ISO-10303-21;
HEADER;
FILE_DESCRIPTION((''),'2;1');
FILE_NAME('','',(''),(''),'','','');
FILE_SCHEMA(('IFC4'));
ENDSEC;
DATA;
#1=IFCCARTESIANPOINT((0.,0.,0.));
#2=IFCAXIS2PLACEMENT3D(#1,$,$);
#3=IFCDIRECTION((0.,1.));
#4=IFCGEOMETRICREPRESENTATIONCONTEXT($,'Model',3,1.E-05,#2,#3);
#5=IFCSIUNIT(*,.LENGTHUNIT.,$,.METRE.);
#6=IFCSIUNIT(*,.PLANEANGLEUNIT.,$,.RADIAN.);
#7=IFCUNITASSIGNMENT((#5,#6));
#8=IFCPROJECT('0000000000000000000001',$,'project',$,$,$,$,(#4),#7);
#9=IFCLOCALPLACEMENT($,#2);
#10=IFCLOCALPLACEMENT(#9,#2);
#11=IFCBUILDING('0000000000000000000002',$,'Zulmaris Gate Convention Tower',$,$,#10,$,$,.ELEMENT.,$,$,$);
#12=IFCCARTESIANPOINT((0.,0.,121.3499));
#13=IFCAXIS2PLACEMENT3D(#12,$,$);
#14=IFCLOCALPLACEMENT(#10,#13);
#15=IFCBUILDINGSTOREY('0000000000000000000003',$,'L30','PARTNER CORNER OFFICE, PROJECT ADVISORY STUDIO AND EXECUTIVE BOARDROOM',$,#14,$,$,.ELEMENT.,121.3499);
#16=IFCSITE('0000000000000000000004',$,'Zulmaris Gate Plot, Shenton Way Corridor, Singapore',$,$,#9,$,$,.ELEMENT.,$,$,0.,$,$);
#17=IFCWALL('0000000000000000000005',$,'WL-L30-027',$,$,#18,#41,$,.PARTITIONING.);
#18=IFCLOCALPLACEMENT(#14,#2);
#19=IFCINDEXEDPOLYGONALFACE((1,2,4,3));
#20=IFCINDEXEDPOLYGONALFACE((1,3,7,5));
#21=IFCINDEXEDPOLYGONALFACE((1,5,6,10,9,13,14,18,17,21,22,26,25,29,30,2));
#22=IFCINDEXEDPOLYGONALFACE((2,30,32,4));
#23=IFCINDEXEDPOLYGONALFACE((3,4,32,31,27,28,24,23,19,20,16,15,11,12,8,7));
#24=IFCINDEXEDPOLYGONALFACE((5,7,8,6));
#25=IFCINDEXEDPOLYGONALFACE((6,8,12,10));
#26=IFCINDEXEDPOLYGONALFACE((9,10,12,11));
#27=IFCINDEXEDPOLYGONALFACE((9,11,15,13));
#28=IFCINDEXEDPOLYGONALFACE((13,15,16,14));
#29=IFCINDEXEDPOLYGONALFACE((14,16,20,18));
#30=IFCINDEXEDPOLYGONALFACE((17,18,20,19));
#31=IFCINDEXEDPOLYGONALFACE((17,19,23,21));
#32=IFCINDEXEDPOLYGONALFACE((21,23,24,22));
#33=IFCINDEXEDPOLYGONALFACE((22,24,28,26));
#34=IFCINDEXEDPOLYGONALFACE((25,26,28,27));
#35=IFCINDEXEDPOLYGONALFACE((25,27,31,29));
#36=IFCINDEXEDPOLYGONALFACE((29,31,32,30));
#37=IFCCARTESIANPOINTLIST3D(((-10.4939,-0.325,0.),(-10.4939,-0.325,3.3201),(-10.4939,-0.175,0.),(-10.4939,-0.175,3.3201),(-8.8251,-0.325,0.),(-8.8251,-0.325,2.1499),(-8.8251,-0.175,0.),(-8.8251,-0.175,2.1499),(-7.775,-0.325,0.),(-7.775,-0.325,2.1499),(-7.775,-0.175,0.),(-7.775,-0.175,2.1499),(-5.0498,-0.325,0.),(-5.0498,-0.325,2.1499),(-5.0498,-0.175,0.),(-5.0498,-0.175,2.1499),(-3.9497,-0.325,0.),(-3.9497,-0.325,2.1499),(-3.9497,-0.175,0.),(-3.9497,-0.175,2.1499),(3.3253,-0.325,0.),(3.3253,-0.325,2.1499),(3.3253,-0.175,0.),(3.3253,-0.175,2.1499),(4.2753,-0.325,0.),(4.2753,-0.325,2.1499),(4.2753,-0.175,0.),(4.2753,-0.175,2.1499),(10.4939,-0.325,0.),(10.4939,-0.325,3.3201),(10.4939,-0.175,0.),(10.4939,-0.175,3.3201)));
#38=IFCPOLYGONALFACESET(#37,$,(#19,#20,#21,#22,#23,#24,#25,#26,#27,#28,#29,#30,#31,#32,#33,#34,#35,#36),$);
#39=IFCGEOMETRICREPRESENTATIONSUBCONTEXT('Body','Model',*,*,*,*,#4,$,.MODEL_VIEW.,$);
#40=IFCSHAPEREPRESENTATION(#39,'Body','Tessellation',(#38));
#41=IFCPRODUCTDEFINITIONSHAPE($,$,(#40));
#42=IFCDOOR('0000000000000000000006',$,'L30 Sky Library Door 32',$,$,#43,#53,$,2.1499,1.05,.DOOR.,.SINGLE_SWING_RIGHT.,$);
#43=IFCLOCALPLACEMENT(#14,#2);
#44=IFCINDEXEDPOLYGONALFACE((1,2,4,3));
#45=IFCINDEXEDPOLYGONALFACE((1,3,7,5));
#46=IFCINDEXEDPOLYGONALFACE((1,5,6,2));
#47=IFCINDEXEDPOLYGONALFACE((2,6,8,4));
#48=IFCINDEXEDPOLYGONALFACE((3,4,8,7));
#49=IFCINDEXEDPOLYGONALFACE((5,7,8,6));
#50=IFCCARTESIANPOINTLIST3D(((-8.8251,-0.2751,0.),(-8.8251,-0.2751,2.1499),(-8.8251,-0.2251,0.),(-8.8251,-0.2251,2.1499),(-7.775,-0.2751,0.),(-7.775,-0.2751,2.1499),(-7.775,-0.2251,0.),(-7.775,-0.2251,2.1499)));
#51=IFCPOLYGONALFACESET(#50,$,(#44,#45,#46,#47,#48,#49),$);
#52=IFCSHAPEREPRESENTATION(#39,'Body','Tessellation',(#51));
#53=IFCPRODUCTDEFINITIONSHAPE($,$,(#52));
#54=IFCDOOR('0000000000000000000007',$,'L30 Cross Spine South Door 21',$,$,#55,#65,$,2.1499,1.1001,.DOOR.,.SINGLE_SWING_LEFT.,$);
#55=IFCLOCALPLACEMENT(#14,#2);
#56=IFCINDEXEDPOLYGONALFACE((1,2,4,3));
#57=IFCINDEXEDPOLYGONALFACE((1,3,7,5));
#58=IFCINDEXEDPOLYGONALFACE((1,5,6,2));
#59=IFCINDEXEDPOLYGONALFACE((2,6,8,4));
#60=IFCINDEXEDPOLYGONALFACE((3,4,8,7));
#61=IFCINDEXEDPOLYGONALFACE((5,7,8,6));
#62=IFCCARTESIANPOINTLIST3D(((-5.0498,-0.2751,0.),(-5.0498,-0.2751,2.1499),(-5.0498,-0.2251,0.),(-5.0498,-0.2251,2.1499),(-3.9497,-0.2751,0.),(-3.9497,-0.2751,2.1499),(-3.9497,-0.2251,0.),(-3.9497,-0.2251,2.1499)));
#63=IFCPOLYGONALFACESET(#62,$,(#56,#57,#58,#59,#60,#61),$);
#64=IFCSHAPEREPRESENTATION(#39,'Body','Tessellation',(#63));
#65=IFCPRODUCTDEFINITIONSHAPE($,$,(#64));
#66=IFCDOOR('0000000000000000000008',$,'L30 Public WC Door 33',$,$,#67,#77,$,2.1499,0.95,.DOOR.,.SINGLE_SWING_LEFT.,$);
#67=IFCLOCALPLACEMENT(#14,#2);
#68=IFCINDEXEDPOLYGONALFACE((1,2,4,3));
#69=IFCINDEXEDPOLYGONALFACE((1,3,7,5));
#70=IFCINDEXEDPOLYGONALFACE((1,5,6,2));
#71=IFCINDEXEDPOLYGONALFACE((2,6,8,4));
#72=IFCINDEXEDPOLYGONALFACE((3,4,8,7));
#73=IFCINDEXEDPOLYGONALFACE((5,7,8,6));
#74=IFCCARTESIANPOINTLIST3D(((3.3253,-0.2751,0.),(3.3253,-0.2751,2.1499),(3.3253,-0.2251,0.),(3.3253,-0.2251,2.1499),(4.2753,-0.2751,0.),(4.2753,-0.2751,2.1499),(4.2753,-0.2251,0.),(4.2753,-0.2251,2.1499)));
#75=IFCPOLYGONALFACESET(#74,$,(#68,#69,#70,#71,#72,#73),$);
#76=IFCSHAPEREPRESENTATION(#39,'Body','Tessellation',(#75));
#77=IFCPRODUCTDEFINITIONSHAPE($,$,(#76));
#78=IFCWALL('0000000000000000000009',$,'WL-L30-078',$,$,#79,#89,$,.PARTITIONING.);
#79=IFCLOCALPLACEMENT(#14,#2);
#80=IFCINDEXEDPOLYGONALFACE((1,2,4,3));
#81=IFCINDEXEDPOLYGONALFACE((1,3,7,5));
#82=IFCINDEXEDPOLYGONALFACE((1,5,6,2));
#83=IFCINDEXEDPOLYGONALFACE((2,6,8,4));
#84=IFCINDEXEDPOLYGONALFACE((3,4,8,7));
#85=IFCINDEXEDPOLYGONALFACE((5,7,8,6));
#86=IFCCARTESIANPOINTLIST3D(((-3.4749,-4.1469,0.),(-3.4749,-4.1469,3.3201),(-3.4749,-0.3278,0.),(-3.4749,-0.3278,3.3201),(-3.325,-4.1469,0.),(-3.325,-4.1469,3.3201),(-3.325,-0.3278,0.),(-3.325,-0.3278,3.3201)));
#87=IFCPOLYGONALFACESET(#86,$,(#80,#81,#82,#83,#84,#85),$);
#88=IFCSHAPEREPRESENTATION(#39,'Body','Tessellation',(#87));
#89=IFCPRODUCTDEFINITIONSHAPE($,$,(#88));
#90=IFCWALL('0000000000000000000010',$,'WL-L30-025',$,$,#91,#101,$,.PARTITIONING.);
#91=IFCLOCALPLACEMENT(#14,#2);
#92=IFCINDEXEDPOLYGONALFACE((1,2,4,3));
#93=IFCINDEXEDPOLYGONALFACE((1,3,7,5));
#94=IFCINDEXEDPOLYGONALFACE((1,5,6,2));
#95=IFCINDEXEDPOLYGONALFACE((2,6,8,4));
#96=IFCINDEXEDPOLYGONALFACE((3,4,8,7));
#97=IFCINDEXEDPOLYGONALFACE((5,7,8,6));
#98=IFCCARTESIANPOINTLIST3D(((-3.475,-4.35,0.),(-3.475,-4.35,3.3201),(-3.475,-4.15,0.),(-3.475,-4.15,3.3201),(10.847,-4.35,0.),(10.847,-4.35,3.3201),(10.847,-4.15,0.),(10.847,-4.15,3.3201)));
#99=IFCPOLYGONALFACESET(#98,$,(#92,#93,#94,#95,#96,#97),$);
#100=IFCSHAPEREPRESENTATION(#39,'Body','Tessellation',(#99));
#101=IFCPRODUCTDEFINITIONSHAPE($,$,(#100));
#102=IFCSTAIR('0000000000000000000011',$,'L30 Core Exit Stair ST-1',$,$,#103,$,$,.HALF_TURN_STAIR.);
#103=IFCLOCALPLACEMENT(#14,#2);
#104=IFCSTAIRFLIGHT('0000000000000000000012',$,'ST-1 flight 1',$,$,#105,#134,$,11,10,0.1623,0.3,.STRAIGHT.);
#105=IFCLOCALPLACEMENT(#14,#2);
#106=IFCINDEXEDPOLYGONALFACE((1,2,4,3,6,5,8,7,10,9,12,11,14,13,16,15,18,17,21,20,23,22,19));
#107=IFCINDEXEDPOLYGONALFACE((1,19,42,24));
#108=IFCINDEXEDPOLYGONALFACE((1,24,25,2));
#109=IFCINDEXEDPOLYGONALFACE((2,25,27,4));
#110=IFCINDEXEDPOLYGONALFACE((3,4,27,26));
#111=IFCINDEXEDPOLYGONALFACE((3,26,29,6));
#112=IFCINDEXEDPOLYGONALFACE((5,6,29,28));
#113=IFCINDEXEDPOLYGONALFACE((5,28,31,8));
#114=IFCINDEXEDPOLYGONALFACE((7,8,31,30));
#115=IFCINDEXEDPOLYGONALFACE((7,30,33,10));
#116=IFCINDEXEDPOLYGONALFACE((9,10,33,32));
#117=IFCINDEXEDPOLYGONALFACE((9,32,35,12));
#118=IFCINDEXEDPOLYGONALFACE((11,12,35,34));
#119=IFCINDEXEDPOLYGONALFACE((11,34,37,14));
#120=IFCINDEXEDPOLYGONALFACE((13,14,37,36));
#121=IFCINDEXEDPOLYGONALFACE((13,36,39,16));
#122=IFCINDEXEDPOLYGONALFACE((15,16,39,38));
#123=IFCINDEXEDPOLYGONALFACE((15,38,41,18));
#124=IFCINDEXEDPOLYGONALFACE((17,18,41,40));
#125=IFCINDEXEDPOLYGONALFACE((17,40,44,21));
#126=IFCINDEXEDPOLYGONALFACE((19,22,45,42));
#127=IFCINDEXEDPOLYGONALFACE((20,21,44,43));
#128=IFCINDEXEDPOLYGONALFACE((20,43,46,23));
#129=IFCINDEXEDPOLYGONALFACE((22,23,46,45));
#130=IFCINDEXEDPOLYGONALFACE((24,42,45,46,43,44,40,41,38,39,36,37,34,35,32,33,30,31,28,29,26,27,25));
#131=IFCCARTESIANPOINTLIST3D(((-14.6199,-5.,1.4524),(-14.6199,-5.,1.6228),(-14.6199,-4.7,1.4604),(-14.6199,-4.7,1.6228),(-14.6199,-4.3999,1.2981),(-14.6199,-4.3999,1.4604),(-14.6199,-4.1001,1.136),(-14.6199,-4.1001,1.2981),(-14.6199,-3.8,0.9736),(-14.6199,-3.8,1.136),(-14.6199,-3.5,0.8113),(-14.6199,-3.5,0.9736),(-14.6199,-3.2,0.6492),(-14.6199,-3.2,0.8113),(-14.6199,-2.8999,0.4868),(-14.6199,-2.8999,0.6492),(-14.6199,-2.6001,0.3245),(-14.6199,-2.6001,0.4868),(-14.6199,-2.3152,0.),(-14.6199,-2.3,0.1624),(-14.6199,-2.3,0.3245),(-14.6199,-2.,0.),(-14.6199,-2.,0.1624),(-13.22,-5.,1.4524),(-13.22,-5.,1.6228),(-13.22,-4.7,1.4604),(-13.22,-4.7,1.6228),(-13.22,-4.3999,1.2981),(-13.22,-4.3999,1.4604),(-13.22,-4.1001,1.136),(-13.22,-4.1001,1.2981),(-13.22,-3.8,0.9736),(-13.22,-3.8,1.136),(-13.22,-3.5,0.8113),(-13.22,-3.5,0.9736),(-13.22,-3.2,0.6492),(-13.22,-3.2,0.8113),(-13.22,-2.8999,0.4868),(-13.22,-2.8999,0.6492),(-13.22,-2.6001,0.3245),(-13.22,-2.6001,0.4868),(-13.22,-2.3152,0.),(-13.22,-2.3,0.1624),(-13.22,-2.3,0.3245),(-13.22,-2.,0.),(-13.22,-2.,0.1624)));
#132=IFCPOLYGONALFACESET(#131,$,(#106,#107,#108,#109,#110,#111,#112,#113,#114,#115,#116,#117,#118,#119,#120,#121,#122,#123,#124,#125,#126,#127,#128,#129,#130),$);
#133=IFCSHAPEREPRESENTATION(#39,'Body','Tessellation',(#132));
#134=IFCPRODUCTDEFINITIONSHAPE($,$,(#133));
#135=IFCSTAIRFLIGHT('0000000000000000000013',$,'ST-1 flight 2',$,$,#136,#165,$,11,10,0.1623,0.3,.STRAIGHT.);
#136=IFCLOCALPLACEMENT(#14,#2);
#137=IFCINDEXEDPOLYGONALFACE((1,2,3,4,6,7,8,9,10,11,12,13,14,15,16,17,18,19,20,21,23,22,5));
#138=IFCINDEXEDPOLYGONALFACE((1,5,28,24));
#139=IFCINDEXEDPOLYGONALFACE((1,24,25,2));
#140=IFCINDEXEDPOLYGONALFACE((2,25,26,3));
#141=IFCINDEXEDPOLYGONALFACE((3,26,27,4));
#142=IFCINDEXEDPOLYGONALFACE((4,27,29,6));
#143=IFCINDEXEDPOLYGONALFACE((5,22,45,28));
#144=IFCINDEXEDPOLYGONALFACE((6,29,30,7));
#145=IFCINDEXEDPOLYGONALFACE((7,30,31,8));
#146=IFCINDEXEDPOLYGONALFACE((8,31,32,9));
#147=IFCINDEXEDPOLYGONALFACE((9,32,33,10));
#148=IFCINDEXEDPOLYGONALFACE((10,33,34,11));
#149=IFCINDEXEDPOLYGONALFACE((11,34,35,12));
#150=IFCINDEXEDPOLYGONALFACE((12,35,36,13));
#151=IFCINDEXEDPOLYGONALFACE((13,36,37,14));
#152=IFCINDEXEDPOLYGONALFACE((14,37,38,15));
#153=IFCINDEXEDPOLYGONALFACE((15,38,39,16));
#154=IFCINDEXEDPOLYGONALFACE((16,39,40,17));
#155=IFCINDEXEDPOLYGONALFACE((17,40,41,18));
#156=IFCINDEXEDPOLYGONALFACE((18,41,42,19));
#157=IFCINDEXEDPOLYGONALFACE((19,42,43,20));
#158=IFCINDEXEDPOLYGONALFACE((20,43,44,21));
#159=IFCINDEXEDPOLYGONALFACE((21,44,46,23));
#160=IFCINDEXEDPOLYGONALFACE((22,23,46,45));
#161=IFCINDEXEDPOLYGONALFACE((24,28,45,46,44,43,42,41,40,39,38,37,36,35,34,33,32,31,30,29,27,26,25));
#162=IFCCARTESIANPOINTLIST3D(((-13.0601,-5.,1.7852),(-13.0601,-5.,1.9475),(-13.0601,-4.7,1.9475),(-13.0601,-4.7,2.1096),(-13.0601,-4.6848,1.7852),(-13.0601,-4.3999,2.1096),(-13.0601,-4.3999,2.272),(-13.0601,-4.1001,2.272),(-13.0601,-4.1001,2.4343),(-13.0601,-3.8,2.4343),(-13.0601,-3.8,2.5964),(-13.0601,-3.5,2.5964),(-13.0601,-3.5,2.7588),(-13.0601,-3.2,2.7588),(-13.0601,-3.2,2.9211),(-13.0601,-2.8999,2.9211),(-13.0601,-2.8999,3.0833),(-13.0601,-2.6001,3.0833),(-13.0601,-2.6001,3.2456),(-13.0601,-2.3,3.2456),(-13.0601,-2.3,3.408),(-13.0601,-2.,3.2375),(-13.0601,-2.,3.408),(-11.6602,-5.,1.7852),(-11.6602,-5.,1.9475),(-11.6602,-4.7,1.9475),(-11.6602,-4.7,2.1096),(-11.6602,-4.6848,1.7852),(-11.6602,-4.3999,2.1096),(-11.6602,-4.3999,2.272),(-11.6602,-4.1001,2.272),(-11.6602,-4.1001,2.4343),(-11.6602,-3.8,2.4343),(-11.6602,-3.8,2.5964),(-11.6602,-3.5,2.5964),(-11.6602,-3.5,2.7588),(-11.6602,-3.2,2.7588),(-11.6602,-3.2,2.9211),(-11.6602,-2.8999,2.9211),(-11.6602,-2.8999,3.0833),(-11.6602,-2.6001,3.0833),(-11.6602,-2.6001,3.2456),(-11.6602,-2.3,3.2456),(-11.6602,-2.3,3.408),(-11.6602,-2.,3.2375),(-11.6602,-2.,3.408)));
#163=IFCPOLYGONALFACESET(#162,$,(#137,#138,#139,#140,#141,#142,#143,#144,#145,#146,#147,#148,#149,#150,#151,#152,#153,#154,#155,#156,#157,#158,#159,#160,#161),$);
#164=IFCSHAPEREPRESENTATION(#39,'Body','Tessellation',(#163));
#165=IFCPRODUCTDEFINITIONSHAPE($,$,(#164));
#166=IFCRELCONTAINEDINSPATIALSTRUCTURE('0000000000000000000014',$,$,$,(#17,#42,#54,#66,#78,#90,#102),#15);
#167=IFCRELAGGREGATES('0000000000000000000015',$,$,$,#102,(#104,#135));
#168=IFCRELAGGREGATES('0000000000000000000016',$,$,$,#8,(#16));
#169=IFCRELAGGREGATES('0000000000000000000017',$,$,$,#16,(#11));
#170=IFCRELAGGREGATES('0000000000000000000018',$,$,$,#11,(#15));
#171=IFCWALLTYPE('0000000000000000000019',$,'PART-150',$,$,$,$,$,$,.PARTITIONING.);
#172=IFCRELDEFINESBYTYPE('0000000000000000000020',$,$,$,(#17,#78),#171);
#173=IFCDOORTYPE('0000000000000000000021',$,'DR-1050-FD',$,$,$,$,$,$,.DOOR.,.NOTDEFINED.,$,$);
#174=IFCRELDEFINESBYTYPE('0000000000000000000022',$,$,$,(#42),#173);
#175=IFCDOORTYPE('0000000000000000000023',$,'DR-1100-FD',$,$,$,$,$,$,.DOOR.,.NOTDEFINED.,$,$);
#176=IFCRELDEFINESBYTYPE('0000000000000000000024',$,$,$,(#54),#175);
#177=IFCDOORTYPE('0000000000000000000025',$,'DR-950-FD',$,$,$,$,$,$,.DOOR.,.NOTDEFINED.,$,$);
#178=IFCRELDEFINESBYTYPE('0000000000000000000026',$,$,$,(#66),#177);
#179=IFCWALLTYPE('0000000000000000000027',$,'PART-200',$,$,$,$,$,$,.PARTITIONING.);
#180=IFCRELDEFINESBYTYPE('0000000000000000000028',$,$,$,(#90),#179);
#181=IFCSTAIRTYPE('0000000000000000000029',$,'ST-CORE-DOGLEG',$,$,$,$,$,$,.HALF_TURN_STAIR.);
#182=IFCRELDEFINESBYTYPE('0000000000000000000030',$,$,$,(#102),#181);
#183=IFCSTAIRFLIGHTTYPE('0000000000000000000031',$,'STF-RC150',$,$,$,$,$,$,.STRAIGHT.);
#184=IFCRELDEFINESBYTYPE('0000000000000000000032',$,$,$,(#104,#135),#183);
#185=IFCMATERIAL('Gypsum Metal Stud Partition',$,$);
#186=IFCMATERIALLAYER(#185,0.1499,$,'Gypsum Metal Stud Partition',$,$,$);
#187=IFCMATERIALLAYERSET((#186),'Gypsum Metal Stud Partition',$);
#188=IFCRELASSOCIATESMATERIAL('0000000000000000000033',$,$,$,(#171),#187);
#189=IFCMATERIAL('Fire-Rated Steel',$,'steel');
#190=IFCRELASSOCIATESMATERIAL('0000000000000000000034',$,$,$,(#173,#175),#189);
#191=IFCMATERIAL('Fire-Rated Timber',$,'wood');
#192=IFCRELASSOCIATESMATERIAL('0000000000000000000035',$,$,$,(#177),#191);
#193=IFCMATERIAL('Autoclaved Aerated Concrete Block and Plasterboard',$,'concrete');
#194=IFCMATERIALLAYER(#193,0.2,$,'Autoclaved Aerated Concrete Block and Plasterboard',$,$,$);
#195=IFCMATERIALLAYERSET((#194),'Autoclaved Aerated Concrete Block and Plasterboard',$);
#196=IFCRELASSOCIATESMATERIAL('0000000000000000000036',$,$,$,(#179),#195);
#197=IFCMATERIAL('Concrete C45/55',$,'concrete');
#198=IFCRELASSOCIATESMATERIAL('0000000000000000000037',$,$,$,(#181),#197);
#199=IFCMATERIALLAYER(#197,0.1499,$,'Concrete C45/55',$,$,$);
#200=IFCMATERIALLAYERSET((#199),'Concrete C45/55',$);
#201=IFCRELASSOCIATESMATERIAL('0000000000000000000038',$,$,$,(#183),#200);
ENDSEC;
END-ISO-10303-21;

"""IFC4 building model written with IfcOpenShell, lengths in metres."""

from ifc_helpers import new_model, si_unit, direction, frame, frame_2d, origin, place, context, subcontext, project, spatial, polyline, rectangle, outline, extrude, material, layer, layer_set, type_object, element, fill, aggregate, save


model = new_model("IFC4")

# Units and contexts
model_context = context("Model", 3, precision=1e-05, world=origin(), true_north=direction((0.0, 1.0)))
body_context = subcontext(model_context, "Body", "Model", "MODEL_VIEW")
ifc_project = project(units=[si_unit("LENGTHUNIT", "METRE"), si_unit("PLANEANGLEUNIT", "RADIAN")], contexts=[model_context])

# Site, building, storey
site_placement = place(None, origin())
site = spatial("IfcSite", under=ifc_project, at=site_placement, Name="Zulmaris Gate Plot, Shenton Way Corridor, Singapore", CompositionType="ELEMENT", RefElevation=0.0)
building_placement = place(site_placement, origin())
building = spatial("IfcBuilding", under=site, at=building_placement, Name="Zulmaris Gate Convention Tower", CompositionType="ELEMENT")
storey_placement = place(building_placement, frame((0.0, 0.0, 121.3499)))
storey = spatial("IfcBuildingStorey", under=building, at=storey_placement, Name="L30", Description="PARTNER CORNER OFFICE, PROJECT ADVISORY STUDIO AND EXECUTIVE BOARDROOM", CompositionType="ELEMENT", Elevation=121.3499)

# Wall, openings, doors
ifc_material_1 = material(Name="Gypsum Metal Stud Partition")
ifc_layer_1 = layer(ifc_material_1, 0.1499, Name="Gypsum Metal Stud Partition")
ifc_layer_set_1 = layer_set([ifc_layer_1], Name="Gypsum Metal Stud Partition")
wall_type_1 = type_object("IfcWallType", Name="PART-150", PredefinedType="PARTITIONING", material=ifc_layer_set_1)
wall_1_placement = place(storey_placement, frame((-10.4939, -0.25, 0.0), z_axis=(0.0, 0.0, 1.0), x_axis=(1.0, 0.0, 0.0)))
wall_1 = element("IfcWall", 1, at=wall_1_placement, inside=storey, type_object=wall_type_1, Name="WL-L30-027", PredefinedType="PARTITIONING", context=body_context, shape_type="SweptSolid", body=[
    extrude(rectangle(XDim=20.9878, YDim=0.1499, at=frame_2d((10.4939, 0.0))), origin(), (0.0, 0.0, 1.0), 3.3201),
])
opening_1_placement = place(wall_1_placement, frame((5.4441, 0.0, 0.0)))
opening_1 = element("IfcOpeningElement", 2, at=opening_1_placement, cuts=wall_1, PredefinedType="OPENING", context=body_context, shape_type="SweptSolid", body=[
    extrude(rectangle(XDim=1.1001, YDim=2.1499, at=frame_2d((0.55, 1.075))), frame((0.0, 0.085, 0.0), z_axis=(0.0, -1.0, 0.0), x_axis=(1.0, 0.0, 0.0)), (0.0, 0.0, 1.0), 0.1699),
])
opening_2_placement = place(wall_1_placement, frame((1.6689, 0.0, 0.0)))
opening_2 = element("IfcOpeningElement", 3, at=opening_2_placement, cuts=wall_1, PredefinedType="OPENING", context=body_context, shape_type="SweptSolid", body=[
    extrude(rectangle(XDim=1.05, YDim=2.1499, at=frame_2d((0.5249, 1.075))), frame((0.0, 0.085, 0.0), z_axis=(0.0, -1.0, 0.0), x_axis=(1.0, 0.0, 0.0)), (0.0, 0.0, 1.0), 0.1699),
])
opening_3_placement = place(wall_1_placement, frame((13.8191, 0.0, 0.0)))
opening_3 = element("IfcOpeningElement", 4, at=opening_3_placement, cuts=wall_1, PredefinedType="OPENING", context=body_context, shape_type="SweptSolid", body=[
    extrude(rectangle(XDim=0.95, YDim=2.1499, at=frame_2d((0.4751, 1.075))), frame((0.0, 0.085, 0.0), z_axis=(0.0, -1.0, 0.0), x_axis=(1.0, 0.0, 0.0)), (0.0, 0.0, 1.0), 0.1699),
])
ifc_material_2 = material(Name="Fire-Rated Steel", Category="steel")
door_type_1 = type_object("IfcDoorType", Name="DR-1050-FD", OperationType="NOTDEFINED", PredefinedType="DOOR", material=ifc_material_2)
door_1_placement = place(opening_2_placement, origin())
door_1 = element("IfcDoor", 5, at=door_1_placement, inside=storey, type_object=door_type_1, Name="L30 Sky Library Door 32", OperationType="SINGLE_SWING_RIGHT", OverallHeight=2.1499, OverallWidth=1.05, PredefinedType="DOOR", context=body_context, shape_type="SweptSolid", body=[
    extrude(rectangle(XDim=1.05, YDim=2.1499, at=frame_2d((0.5249, 1.075))), frame((0.0, 0.0249, 0.0), z_axis=(0.0, -1.0, 0.0), x_axis=(1.0, 0.0, 0.0)), (0.0, 0.0, 1.0), 0.05),
])
fill(opening_2, door_1)
door_type_2 = type_object("IfcDoorType", Name="DR-1100-FD", OperationType="NOTDEFINED", PredefinedType="DOOR", material=ifc_material_2)
door_2_placement = place(opening_1_placement, origin())
door_2 = element("IfcDoor", 6, at=door_2_placement, inside=storey, type_object=door_type_2, Name="L30 Cross Spine South Door 21", OperationType="SINGLE_SWING_LEFT", OverallHeight=2.1499, OverallWidth=1.1001, PredefinedType="DOOR", context=body_context, shape_type="SweptSolid", body=[
    extrude(rectangle(XDim=1.1001, YDim=2.1499, at=frame_2d((0.55, 1.075))), frame((0.0, 0.0249, 0.0), z_axis=(0.0, -1.0, 0.0), x_axis=(1.0, 0.0, 0.0)), (0.0, 0.0, 1.0), 0.05),
])
fill(opening_1, door_2)
ifc_material_3 = material(Name="Fire-Rated Timber", Category="wood")
door_type_3 = type_object("IfcDoorType", Name="DR-950-FD", OperationType="NOTDEFINED", PredefinedType="DOOR", material=ifc_material_3)
door_3_placement = place(opening_3_placement, origin())
door_3 = element("IfcDoor", 7, at=door_3_placement, inside=storey, type_object=door_type_3, Name="L30 Public WC Door 33", OperationType="SINGLE_SWING_LEFT", OverallHeight=2.1499, OverallWidth=0.95, PredefinedType="DOOR", context=body_context, shape_type="SweptSolid", body=[
    extrude(rectangle(XDim=0.95, YDim=2.1499, at=frame_2d((0.4751, 1.075))), frame((0.0, 0.0249, 0.0), z_axis=(0.0, -1.0, 0.0), x_axis=(1.0, 0.0, 0.0)), (0.0, 0.0, 1.0), 0.05),
])
fill(opening_3, door_3)

# Walls
wall_2_placement = place(storey_placement, frame((-3.3999, -4.147, 0.0), z_axis=(0.0, 0.0, 1.0), x_axis=(0.0, 1.0, 0.0)))
element("IfcWall", 8, at=wall_2_placement, inside=storey, type_object=wall_type_1, Name="WL-L30-078", PredefinedType="PARTITIONING", context=body_context, shape_type="SweptSolid", body=[
    extrude(rectangle(XDim=3.8191, YDim=0.1499, at=frame_2d((1.9097, 0.0))), origin(), (0.0, 0.0, 1.0), 3.3201),
])
ifc_material_4 = material(Name="Autoclaved Aerated Concrete Block and Plasterboard", Category="concrete")
ifc_layer_2 = layer(ifc_material_4, 0.2, Name="Autoclaved Aerated Concrete Block and Plasterboard")
ifc_layer_set_2 = layer_set([ifc_layer_2], Name="Autoclaved Aerated Concrete Block and Plasterboard")
wall_type_2 = type_object("IfcWallType", Name="PART-200", PredefinedType="PARTITIONING", material=ifc_layer_set_2)
wall_3_placement = place(storey_placement, frame((-3.4751, -4.25, 0.0), z_axis=(0.0, 0.0, 1.0), x_axis=(1.0, 0.0, 0.0)))
element("IfcWall", 9, at=wall_3_placement, inside=storey, type_object=wall_type_2, Name="WL-L30-025", PredefinedType="PARTITIONING", context=body_context, shape_type="SweptSolid", body=[
    extrude(rectangle(XDim=14.322, YDim=0.2, at=frame_2d((7.1611, 0.0))), origin(), (0.0, 0.0, 1.0), 3.3201),
])

# Stair, stair flights
ifc_material_5 = material(Name="Concrete C45/55", Category="concrete")
stair_type = type_object("IfcStairType", Name="ST-CORE-DOGLEG", PredefinedType="HALF_TURN_STAIR", material=ifc_material_5)
stair_placement = place(storey_placement, origin())
stair = element("IfcStair", 10, at=stair_placement, inside=storey, type_object=stair_type, Name="L30 Core Exit Stair ST-1", PredefinedType="HALF_TURN_STAIR")
ifc_layer_3 = layer(ifc_material_5, 0.1499, Name="Concrete C45/55")
ifc_layer_set_3 = layer_set([ifc_layer_3], Name="Concrete C45/55")
stair_flight_type = type_object("IfcStairFlightType", Name="STF-RC150", PredefinedType="STRAIGHT", material=ifc_layer_set_3)
stair_flight_1_placement = place(storey_placement, frame((-13.9199, -2.0, 0.0), z_axis=(0.0, 0.0, 1.0), x_axis=(0.0, -1.0, 0.0)))
stair_flight_1 = element("IfcStairFlight", 11, at=stair_flight_1_placement, type_object=stair_flight_type, Name="ST-1 flight 1", NumberOfRisers=11, NumberOfTreads=10, PredefinedType="STRAIGHT", RiserHeight=0.1623, TreadLength=0.3, context=body_context, shape_type="SweptSolid", body=[
    extrude(outline(polyline([(0.0, 0.0), (0.0, 0.1624), (0.3, 0.1624), (0.3, 0.3245), (0.6001, 0.3245), (0.6001, 0.4868), (0.8999, 0.4868), (0.8999, 0.6492), (1.2, 0.6492), (1.2, 0.8113), (1.5, 0.8113), (1.5, 0.9736), (1.8, 0.9736), (1.8, 1.136), (2.1001, 1.136), (2.1001, 1.2981), (2.3999, 1.2981), (2.3999, 1.4604), (2.7, 1.4604), (2.7, 1.6228), (3.0, 1.6228), (3.0, 1.7849), (3.0, 1.4524), (0.3152, 0.0), (0.0, 0.0)])), frame((0.0, 0.7, 0.0), z_axis=(0.0, -1.0, 0.0), x_axis=(1.0, 0.0, 0.0)), (0.0, 0.0, 1.0), 1.3999),
])
stair_flight_2_placement = place(storey_placement, frame((-12.3601, -5.0, 1.7852), z_axis=(0.0, 0.0, 1.0), x_axis=(0.0, 1.0, 0.0)))
stair_flight_2 = element("IfcStairFlight", 12, at=stair_flight_2_placement, type_object=stair_flight_type, Name="ST-1 flight 2", NumberOfRisers=11, NumberOfTreads=10, PredefinedType="STRAIGHT", RiserHeight=0.1623, TreadLength=0.3, context=body_context, shape_type="SweptSolid", body=[
    extrude(outline(polyline([(0.0, 0.0), (0.0, 0.1624), (0.3, 0.1624), (0.3, 0.3245), (0.6001, 0.3245), (0.6001, 0.4868), (0.8999, 0.4868), (0.8999, 0.6492), (1.2, 0.6492), (1.2, 0.8113), (1.5, 0.8113), (1.5, 0.9736), (1.8, 0.9736), (1.8, 1.136), (2.1001, 1.136), (2.1001, 1.2981), (2.3999, 1.2981), (2.3999, 1.4604), (2.7, 1.4604), (2.7, 1.6228), (3.0, 1.6228), (3.0, 1.7849), (3.0, 1.4524), (0.3152, 0.0), (0.0, 0.0)])), frame((0.0, 0.7, 0.0), z_axis=(0.0, -1.0, 0.0), x_axis=(1.0, 0.0, 0.0)), (0.0, 0.0, 1.0), 1.3999),
])
aggregate(stair, [stair_flight_1, stair_flight_2])

save(model, "model.ifc")
